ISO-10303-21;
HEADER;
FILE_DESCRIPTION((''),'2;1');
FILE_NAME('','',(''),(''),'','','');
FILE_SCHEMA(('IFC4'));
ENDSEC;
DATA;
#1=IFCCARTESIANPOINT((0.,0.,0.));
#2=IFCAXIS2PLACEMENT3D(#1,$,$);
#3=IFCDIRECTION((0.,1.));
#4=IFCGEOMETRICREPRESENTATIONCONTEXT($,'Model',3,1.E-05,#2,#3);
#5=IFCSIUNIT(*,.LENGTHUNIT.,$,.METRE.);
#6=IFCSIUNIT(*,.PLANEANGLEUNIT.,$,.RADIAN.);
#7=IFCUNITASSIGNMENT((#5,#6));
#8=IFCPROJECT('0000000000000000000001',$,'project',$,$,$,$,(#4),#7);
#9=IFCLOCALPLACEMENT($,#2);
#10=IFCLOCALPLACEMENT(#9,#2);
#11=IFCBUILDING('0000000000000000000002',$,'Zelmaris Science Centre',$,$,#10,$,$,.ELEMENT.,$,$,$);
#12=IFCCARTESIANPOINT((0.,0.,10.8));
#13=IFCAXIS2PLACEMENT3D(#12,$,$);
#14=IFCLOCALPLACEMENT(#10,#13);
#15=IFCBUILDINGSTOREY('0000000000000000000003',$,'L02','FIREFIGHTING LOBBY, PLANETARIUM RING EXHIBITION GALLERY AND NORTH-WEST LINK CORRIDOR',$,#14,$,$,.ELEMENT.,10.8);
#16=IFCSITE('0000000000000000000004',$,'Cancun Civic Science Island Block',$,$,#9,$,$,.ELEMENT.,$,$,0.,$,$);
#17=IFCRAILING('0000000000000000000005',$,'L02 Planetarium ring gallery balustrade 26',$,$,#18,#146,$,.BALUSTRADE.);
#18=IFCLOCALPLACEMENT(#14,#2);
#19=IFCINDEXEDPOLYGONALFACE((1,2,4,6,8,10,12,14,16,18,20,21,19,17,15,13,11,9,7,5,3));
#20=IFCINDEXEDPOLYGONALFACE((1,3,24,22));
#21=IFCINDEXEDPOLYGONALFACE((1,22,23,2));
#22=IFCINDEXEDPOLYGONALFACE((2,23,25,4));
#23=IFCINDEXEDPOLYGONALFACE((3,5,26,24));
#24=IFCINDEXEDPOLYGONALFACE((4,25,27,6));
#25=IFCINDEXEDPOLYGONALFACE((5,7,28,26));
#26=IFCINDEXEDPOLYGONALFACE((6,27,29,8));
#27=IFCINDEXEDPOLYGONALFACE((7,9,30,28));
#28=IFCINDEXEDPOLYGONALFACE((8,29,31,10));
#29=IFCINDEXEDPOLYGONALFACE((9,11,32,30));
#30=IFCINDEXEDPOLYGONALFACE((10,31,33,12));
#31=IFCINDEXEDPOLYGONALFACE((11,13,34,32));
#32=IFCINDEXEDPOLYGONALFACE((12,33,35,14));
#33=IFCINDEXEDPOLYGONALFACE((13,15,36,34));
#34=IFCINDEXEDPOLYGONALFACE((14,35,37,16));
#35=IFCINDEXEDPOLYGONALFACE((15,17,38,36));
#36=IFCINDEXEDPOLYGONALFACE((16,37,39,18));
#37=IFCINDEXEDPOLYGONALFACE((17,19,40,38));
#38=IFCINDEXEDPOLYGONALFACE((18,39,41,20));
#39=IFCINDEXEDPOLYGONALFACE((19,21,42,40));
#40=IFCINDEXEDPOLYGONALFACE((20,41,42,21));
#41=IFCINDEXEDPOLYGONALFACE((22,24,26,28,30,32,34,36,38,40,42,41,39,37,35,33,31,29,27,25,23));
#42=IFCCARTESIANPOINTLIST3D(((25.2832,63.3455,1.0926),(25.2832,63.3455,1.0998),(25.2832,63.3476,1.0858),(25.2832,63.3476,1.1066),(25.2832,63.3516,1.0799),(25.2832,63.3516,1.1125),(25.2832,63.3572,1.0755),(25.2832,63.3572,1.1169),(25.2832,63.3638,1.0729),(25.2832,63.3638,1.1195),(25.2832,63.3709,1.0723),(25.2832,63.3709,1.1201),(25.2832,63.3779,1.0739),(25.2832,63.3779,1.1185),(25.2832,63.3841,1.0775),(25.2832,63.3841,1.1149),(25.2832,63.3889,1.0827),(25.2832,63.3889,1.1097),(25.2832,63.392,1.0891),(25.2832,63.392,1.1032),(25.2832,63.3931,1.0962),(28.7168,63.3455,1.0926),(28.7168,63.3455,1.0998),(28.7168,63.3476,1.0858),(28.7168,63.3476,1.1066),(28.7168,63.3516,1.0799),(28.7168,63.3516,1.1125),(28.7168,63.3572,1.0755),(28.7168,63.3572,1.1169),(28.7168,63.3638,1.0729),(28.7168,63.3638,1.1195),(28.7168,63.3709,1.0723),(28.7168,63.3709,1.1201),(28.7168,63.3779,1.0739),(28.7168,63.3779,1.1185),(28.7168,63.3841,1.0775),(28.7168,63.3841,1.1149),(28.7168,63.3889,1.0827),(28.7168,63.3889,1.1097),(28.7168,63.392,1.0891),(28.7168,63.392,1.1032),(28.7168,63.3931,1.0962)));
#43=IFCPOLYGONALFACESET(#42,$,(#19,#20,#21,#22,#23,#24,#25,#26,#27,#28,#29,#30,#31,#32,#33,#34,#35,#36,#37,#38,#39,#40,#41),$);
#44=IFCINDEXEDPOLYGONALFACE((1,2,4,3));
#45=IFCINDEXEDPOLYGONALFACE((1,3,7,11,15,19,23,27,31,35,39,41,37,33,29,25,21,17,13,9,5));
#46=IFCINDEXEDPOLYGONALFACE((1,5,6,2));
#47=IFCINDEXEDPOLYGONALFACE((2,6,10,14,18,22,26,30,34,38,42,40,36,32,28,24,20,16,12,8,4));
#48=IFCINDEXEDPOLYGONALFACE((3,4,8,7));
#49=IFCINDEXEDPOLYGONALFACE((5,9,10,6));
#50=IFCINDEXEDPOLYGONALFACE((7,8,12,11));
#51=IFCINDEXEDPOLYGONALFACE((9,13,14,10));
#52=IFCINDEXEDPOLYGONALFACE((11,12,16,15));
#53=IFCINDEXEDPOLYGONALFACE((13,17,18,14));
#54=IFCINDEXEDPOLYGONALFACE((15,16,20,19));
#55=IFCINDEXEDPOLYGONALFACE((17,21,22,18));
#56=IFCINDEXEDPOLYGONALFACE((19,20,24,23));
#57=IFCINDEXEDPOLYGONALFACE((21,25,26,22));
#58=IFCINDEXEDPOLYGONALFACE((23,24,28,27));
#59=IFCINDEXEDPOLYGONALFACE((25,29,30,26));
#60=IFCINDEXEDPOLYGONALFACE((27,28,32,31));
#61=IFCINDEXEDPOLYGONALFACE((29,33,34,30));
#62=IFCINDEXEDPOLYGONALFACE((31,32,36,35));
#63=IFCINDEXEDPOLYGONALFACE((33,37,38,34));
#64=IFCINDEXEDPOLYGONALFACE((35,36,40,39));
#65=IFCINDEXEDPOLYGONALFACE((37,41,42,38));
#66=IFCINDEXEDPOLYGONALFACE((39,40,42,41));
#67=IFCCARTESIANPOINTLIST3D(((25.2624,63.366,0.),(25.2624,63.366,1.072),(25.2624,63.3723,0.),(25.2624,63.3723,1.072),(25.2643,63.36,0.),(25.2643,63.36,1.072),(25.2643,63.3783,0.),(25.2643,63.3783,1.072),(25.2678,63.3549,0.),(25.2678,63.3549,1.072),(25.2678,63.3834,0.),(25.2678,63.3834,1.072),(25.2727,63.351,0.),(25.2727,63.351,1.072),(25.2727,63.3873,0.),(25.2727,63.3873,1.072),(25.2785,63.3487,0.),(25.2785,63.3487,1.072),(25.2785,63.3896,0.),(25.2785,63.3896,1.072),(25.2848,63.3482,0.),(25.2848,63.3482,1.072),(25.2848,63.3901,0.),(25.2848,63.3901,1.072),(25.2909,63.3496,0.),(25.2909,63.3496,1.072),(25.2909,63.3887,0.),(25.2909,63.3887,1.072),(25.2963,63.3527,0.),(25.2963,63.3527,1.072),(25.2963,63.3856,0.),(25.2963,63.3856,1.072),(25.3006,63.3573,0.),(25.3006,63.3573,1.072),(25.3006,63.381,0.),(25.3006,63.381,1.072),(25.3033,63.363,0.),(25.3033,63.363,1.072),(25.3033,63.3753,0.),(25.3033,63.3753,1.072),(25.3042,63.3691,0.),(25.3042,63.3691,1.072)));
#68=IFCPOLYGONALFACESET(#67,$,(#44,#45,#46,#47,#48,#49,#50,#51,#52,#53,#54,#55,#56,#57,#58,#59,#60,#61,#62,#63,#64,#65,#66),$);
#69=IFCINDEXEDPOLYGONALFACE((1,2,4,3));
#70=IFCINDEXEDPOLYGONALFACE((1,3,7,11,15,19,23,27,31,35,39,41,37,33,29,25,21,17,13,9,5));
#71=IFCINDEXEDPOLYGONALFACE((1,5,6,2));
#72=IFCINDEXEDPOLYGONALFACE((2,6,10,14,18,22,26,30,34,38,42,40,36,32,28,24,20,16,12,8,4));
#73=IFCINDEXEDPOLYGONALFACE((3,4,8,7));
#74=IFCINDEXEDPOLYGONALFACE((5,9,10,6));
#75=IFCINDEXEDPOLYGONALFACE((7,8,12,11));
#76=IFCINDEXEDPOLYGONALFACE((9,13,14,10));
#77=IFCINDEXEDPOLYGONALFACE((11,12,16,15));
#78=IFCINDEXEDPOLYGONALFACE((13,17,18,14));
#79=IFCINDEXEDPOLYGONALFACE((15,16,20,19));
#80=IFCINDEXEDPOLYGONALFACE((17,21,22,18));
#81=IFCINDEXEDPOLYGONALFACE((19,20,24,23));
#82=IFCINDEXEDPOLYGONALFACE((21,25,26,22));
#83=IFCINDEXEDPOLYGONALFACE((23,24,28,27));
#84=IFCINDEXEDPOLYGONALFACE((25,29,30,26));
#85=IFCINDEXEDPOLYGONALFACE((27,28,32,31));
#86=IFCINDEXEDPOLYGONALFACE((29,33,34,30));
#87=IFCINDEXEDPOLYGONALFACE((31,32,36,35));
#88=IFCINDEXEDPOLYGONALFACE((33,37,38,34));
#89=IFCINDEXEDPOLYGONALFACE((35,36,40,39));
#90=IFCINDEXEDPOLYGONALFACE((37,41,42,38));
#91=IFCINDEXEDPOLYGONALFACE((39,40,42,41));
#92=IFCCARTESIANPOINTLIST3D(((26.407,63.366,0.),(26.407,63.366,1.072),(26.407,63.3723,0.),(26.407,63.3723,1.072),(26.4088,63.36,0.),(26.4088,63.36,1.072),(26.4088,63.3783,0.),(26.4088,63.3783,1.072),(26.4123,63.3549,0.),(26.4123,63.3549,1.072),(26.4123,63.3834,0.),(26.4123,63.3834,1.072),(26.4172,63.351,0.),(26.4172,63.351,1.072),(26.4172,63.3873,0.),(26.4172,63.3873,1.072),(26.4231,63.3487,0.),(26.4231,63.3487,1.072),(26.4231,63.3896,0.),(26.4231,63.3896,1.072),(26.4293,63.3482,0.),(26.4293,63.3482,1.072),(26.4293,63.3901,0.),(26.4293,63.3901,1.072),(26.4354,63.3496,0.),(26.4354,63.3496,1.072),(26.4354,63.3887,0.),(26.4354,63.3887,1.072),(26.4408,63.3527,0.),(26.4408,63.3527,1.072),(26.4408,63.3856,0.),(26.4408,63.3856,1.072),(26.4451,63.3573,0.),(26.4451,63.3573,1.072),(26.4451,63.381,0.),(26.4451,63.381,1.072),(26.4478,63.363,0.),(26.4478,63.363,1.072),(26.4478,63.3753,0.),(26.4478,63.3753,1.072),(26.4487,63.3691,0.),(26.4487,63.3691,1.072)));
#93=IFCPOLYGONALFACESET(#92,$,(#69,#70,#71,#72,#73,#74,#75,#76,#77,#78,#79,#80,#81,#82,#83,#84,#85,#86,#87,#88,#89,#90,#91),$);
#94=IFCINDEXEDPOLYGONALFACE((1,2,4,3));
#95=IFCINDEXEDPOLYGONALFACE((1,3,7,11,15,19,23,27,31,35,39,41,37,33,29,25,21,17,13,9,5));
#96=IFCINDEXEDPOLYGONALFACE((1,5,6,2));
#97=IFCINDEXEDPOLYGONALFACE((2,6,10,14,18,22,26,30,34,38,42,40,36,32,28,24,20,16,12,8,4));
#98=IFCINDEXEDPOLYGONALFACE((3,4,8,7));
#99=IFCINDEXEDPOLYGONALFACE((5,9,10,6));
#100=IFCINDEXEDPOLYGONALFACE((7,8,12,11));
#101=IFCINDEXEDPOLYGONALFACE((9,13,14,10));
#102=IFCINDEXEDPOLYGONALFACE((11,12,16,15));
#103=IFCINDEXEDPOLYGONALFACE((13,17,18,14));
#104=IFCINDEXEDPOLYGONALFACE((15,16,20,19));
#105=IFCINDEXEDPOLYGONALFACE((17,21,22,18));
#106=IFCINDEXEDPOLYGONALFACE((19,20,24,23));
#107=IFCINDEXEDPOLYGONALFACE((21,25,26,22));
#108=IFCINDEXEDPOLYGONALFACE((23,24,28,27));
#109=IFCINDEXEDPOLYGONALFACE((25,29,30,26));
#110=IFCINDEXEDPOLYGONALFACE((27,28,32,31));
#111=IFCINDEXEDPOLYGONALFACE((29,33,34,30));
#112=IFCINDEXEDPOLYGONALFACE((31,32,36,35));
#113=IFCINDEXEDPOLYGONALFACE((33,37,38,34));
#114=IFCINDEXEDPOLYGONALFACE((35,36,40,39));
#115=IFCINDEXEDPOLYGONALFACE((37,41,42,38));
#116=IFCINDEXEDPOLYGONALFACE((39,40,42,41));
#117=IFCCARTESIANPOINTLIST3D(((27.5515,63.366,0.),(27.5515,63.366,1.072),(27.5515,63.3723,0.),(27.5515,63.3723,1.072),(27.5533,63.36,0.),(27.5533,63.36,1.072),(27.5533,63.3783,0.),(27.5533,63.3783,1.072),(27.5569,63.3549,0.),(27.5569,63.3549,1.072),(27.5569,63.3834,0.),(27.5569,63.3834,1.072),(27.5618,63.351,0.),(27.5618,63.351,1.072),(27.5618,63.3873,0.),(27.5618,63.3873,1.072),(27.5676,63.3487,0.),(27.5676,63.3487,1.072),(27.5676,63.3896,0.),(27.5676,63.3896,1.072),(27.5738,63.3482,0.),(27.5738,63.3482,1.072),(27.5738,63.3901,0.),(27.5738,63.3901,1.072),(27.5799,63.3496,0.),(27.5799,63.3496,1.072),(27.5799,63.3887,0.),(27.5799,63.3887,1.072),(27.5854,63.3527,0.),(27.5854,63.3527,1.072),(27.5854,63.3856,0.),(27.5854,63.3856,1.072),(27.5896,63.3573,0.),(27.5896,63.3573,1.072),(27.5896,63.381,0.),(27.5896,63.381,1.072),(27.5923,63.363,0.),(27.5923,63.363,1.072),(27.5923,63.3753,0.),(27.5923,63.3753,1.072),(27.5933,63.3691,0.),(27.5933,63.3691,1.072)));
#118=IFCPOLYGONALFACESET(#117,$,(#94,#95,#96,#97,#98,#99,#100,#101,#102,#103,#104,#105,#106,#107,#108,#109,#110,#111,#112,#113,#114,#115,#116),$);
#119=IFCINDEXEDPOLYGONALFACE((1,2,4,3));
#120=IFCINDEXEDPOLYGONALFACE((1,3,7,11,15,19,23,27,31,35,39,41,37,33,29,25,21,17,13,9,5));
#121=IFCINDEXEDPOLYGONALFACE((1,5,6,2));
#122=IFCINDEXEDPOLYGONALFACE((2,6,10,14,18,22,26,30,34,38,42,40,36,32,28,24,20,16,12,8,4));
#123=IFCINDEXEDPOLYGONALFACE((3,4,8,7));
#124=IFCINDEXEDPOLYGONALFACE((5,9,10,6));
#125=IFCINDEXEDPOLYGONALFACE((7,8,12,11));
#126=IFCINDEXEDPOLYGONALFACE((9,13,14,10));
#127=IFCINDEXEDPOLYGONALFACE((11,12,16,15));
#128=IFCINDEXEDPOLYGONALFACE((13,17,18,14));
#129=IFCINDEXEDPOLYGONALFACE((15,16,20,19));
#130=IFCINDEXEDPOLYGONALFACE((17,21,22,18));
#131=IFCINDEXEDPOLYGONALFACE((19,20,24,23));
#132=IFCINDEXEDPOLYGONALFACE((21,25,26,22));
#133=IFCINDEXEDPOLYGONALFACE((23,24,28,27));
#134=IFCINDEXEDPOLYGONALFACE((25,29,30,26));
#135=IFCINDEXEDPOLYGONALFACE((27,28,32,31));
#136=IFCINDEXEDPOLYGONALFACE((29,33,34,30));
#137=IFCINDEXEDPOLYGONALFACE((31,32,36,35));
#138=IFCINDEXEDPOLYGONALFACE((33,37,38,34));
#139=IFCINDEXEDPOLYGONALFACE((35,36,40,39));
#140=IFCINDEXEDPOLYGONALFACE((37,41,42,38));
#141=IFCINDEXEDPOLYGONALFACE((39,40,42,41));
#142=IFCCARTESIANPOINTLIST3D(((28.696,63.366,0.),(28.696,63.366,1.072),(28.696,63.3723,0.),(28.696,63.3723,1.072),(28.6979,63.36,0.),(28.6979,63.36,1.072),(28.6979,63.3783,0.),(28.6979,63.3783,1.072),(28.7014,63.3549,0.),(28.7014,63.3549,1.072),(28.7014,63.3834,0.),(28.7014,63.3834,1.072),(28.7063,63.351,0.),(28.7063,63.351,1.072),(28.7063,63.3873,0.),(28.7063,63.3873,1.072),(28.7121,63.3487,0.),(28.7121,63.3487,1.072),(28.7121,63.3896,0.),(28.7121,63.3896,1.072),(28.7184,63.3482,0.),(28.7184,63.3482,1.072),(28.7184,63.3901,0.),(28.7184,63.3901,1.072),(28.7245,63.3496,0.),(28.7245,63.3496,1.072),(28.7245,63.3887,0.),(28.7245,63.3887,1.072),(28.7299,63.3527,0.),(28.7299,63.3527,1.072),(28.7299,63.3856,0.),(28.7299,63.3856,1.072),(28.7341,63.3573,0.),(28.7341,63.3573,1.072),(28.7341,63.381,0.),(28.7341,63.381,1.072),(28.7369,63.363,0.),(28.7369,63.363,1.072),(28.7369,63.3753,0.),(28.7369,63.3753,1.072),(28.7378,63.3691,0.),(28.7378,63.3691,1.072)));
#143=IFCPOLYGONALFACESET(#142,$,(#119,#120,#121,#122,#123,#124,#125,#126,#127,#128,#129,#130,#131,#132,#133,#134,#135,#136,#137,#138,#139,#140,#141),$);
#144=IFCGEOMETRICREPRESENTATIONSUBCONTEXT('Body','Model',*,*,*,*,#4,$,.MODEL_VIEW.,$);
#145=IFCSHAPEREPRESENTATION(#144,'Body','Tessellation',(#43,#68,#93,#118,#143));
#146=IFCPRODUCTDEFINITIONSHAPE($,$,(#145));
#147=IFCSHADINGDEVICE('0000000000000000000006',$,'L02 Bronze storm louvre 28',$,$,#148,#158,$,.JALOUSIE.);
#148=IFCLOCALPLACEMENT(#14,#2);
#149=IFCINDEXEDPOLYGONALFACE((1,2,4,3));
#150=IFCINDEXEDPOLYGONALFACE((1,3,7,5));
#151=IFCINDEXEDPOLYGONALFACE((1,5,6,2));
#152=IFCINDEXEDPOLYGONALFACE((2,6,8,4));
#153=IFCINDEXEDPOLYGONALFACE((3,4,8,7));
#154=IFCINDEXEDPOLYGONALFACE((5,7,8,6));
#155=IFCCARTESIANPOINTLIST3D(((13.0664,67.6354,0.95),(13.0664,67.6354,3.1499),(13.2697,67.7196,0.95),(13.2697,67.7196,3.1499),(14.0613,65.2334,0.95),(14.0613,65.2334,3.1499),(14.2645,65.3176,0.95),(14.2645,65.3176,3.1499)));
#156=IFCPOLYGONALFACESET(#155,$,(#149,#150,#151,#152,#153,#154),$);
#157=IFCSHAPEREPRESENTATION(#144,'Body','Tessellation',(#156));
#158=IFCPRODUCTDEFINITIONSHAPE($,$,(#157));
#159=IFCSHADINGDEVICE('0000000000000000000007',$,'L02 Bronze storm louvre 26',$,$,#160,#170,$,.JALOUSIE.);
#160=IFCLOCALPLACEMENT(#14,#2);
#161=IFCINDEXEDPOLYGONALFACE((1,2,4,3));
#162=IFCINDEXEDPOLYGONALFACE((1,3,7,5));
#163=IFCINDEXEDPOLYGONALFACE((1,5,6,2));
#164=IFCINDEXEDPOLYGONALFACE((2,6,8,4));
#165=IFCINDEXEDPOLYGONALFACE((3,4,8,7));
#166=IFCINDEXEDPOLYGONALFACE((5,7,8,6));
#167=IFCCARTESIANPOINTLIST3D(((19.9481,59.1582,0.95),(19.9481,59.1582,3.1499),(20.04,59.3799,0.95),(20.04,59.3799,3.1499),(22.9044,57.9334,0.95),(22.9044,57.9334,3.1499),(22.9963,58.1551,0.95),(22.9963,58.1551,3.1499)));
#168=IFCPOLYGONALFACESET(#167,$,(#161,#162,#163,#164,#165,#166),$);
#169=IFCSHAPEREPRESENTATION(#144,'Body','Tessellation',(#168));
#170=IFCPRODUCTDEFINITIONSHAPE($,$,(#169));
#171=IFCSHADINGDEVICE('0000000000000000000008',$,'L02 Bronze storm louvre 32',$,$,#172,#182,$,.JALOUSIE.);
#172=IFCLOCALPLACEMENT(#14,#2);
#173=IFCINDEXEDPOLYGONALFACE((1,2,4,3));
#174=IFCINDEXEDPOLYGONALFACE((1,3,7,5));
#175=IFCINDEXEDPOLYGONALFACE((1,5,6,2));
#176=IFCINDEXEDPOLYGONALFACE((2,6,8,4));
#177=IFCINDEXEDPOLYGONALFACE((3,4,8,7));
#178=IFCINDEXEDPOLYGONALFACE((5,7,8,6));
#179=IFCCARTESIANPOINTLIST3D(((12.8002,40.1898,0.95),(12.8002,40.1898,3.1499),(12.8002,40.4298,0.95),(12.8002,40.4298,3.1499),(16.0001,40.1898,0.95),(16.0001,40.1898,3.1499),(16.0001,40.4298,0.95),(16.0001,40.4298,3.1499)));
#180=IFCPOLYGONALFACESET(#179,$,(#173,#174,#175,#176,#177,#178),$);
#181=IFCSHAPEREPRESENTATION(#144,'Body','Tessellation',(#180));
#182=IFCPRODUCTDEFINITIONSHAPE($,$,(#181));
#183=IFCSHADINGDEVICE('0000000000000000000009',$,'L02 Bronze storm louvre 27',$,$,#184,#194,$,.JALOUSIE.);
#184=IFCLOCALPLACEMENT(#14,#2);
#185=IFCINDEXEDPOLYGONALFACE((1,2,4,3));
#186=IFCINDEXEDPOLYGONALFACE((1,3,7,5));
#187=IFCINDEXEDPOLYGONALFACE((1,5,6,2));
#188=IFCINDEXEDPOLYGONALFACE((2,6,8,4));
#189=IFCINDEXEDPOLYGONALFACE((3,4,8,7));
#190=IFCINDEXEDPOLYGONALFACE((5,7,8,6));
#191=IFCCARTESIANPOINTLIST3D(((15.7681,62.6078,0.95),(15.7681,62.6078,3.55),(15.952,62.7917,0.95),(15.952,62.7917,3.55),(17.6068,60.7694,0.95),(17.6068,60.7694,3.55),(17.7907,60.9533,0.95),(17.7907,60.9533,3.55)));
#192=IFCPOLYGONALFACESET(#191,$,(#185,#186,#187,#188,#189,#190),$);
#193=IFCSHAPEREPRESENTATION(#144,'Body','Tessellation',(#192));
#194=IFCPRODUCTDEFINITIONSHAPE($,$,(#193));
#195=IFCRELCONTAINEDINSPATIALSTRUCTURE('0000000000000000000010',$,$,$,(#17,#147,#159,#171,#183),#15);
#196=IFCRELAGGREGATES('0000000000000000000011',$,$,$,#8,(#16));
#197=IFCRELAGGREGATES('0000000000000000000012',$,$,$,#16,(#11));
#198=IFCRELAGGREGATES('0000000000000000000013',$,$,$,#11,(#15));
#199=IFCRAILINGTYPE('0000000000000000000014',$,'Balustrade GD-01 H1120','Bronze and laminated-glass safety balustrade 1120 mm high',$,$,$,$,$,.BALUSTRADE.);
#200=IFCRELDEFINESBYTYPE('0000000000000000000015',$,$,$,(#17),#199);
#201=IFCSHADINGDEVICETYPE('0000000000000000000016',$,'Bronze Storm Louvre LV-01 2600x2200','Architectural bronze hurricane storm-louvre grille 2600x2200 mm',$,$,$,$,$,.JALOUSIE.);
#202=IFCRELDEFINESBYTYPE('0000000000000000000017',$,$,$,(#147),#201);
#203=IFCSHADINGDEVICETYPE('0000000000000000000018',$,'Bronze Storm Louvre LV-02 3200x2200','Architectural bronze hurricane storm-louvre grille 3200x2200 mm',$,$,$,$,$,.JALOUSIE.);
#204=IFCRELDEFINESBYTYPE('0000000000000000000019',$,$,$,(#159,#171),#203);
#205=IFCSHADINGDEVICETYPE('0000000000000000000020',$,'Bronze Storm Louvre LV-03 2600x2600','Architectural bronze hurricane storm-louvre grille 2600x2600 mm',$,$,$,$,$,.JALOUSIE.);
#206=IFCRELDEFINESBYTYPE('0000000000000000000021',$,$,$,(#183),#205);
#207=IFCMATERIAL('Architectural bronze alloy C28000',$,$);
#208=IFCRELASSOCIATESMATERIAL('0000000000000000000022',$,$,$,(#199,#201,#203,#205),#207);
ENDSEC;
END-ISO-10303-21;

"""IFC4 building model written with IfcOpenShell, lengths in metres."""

from ifc_helpers import new_model, si_unit, direction, frame, frame_2d, origin, origin_2d, place, context, subcontext, project, spatial, rectangle, circle, extrude, material, type_object, element, save


model = new_model("IFC4")

# Units and contexts
model_context = context("Model", 3, precision=1e-05, world=origin(), true_north=direction((0.0, 1.0)))
body_context = subcontext(model_context, "Body", "Model", "MODEL_VIEW")
ifc_project = project(units=[si_unit("LENGTHUNIT", "METRE"), si_unit("PLANEANGLEUNIT", "RADIAN")], contexts=[model_context])

# Site, building, storey
site_placement = place(None, origin())
site = spatial("IfcSite", under=ifc_project, at=site_placement, Name="Cancun Civic Science Island Block", CompositionType="ELEMENT", RefElevation=0.0)
building_placement = place(site_placement, origin())
building = spatial("IfcBuilding", under=site, at=building_placement, Name="Zelmaris Science Centre", CompositionType="ELEMENT")
storey_placement = place(building_placement, frame((0.0, 0.0, 10.8)))
storey = spatial("IfcBuildingStorey", under=building, at=storey_placement, Name="L02", Description="FIREFIGHTING LOBBY, PLANETARIUM RING EXHIBITION GALLERY AND NORTH-WEST LINK CORRIDOR", CompositionType="ELEMENT", Elevation=10.8)

# Railing
ifc_material_1 = material(Name="Architectural bronze alloy C28000")
railing_type = type_object("IfcRailingType", Name="Balustrade GD-01 H1120", Description="Bronze and laminated-glass safety balustrade 1120 mm high", PredefinedType="BALUSTRADE", material=ifc_material_1)
railing_1_placement = place(storey_placement, frame((25.2832, 63.3691, 0.0)))
element("IfcRailing", 1, at=railing_1_placement, inside=storey, type_object=railing_type, Name="L02 Planetarium ring gallery balustrade 26", PredefinedType="BALUSTRADE", context=body_context, shape_type="SweptSolid", body=[
    extrude(circle(Radius=0.0239, at=origin_2d()), frame((0.0, 0.0, 1.0962), z_axis=(1.0, 0.0, 0.0), x_axis=(0.0, 1.0, 0.0)), (0.0, 0.0, 1.0), 3.4336),
    extrude(circle(Radius=0.021, at=origin_2d()), origin(), (0.0, 0.0, 1.0), 1.072),
    extrude(circle(Radius=0.021, at=origin_2d()), frame((1.1445, 0.0, 0.0)), (0.0, 0.0, 1.0), 1.072),
    extrude(circle(Radius=0.021, at=origin_2d()), frame((2.2891, 0.0, 0.0)), (0.0, 0.0, 1.0), 1.072),
    extrude(circle(Radius=0.021, at=origin_2d()), frame((3.4336, 0.0, 0.0)), (0.0, 0.0, 1.0), 1.072),
])

# Shading devices
shading_device_type_1 = type_object("IfcShadingDeviceType", Name="Bronze Storm Louvre LV-01 2600x2200", Description="Architectural bronze hurricane storm-louvre grille 2600x2200 mm", PredefinedType="JALOUSIE", material=ifc_material_1)
shading_device_1_placement = place(storey_placement, frame((14.1628, 65.2756, 0.95), z_axis=(0.0, 0.0, 1.0), x_axis=(-0.382648, 0.923894, 0.0)))
element("IfcShadingDevice", 2, at=shading_device_1_placement, inside=storey, type_object=shading_device_type_1, Name="L02 Bronze storm louvre 28", PredefinedType="JALOUSIE", context=body_context, shape_type="SweptSolid", body=[
    extrude(rectangle(XDim=2.5999, YDim=0.22, at=frame_2d((1.2998, 0.0))), origin(), (0.0, 0.0, 1.0), 2.2),
])
shading_device_type_2 = type_object("IfcShadingDeviceType", Name="Bronze Storm Louvre LV-02 3200x2200", Description="Architectural bronze hurricane storm-louvre grille 3200x2200 mm", PredefinedType="JALOUSIE", material=ifc_material_1)
for number, where, z_axis, x_axis, name in (
    (3, (22.9504, 58.0442, 0.95), (0.0, 0.0, 1.0), (-0.923845, 0.382767, 0.0), "L02 Bronze storm louvre 26"),
    (4, (12.8, 40.3098, 0.95), (0.0, 0.0, 1.0), (1.0, 0.0, 0.0), "L02 Bronze storm louvre 32"),
):
    element("IfcShadingDevice", number, at=place(storey_placement, frame(where, z_axis=z_axis, x_axis=x_axis)), inside=storey, type_object=shading_device_type_2, Name=name, PredefinedType="JALOUSIE", context=body_context, shape_type="SweptSolid", body=[
        extrude(rectangle(XDim=3.2, YDim=0.24, at=frame_2d((1.6001, 0.0))), origin(), (0.0, 0.0, 1.0), 2.2),
    ])
shading_device_type_3 = type_object("IfcShadingDeviceType", Name="Bronze Storm Louvre LV-03 2600x2600", Description="Architectural bronze hurricane storm-louvre grille 2600x2600 mm", PredefinedType="JALOUSIE", material=ifc_material_1)
shading_device_2_placement = place(storey_placement, frame((17.6987, 60.8613, 0.95), z_axis=(0.0, 0.0, 1.0), x_axis=(-0.707154, 0.70706, 0.0)))
element("IfcShadingDevice", 5, at=shading_device_2_placement, inside=storey, type_object=shading_device_type_3, Name="L02 Bronze storm louvre 27", PredefinedType="JALOUSIE", context=body_context, shape_type="SweptSolid", body=[
    extrude(rectangle(XDim=2.6001, YDim=0.26, at=frame_2d((1.3, 0.0))), origin(), (0.0, 0.0, 1.0), 2.6001),
])

save(model, "model.ifc")
